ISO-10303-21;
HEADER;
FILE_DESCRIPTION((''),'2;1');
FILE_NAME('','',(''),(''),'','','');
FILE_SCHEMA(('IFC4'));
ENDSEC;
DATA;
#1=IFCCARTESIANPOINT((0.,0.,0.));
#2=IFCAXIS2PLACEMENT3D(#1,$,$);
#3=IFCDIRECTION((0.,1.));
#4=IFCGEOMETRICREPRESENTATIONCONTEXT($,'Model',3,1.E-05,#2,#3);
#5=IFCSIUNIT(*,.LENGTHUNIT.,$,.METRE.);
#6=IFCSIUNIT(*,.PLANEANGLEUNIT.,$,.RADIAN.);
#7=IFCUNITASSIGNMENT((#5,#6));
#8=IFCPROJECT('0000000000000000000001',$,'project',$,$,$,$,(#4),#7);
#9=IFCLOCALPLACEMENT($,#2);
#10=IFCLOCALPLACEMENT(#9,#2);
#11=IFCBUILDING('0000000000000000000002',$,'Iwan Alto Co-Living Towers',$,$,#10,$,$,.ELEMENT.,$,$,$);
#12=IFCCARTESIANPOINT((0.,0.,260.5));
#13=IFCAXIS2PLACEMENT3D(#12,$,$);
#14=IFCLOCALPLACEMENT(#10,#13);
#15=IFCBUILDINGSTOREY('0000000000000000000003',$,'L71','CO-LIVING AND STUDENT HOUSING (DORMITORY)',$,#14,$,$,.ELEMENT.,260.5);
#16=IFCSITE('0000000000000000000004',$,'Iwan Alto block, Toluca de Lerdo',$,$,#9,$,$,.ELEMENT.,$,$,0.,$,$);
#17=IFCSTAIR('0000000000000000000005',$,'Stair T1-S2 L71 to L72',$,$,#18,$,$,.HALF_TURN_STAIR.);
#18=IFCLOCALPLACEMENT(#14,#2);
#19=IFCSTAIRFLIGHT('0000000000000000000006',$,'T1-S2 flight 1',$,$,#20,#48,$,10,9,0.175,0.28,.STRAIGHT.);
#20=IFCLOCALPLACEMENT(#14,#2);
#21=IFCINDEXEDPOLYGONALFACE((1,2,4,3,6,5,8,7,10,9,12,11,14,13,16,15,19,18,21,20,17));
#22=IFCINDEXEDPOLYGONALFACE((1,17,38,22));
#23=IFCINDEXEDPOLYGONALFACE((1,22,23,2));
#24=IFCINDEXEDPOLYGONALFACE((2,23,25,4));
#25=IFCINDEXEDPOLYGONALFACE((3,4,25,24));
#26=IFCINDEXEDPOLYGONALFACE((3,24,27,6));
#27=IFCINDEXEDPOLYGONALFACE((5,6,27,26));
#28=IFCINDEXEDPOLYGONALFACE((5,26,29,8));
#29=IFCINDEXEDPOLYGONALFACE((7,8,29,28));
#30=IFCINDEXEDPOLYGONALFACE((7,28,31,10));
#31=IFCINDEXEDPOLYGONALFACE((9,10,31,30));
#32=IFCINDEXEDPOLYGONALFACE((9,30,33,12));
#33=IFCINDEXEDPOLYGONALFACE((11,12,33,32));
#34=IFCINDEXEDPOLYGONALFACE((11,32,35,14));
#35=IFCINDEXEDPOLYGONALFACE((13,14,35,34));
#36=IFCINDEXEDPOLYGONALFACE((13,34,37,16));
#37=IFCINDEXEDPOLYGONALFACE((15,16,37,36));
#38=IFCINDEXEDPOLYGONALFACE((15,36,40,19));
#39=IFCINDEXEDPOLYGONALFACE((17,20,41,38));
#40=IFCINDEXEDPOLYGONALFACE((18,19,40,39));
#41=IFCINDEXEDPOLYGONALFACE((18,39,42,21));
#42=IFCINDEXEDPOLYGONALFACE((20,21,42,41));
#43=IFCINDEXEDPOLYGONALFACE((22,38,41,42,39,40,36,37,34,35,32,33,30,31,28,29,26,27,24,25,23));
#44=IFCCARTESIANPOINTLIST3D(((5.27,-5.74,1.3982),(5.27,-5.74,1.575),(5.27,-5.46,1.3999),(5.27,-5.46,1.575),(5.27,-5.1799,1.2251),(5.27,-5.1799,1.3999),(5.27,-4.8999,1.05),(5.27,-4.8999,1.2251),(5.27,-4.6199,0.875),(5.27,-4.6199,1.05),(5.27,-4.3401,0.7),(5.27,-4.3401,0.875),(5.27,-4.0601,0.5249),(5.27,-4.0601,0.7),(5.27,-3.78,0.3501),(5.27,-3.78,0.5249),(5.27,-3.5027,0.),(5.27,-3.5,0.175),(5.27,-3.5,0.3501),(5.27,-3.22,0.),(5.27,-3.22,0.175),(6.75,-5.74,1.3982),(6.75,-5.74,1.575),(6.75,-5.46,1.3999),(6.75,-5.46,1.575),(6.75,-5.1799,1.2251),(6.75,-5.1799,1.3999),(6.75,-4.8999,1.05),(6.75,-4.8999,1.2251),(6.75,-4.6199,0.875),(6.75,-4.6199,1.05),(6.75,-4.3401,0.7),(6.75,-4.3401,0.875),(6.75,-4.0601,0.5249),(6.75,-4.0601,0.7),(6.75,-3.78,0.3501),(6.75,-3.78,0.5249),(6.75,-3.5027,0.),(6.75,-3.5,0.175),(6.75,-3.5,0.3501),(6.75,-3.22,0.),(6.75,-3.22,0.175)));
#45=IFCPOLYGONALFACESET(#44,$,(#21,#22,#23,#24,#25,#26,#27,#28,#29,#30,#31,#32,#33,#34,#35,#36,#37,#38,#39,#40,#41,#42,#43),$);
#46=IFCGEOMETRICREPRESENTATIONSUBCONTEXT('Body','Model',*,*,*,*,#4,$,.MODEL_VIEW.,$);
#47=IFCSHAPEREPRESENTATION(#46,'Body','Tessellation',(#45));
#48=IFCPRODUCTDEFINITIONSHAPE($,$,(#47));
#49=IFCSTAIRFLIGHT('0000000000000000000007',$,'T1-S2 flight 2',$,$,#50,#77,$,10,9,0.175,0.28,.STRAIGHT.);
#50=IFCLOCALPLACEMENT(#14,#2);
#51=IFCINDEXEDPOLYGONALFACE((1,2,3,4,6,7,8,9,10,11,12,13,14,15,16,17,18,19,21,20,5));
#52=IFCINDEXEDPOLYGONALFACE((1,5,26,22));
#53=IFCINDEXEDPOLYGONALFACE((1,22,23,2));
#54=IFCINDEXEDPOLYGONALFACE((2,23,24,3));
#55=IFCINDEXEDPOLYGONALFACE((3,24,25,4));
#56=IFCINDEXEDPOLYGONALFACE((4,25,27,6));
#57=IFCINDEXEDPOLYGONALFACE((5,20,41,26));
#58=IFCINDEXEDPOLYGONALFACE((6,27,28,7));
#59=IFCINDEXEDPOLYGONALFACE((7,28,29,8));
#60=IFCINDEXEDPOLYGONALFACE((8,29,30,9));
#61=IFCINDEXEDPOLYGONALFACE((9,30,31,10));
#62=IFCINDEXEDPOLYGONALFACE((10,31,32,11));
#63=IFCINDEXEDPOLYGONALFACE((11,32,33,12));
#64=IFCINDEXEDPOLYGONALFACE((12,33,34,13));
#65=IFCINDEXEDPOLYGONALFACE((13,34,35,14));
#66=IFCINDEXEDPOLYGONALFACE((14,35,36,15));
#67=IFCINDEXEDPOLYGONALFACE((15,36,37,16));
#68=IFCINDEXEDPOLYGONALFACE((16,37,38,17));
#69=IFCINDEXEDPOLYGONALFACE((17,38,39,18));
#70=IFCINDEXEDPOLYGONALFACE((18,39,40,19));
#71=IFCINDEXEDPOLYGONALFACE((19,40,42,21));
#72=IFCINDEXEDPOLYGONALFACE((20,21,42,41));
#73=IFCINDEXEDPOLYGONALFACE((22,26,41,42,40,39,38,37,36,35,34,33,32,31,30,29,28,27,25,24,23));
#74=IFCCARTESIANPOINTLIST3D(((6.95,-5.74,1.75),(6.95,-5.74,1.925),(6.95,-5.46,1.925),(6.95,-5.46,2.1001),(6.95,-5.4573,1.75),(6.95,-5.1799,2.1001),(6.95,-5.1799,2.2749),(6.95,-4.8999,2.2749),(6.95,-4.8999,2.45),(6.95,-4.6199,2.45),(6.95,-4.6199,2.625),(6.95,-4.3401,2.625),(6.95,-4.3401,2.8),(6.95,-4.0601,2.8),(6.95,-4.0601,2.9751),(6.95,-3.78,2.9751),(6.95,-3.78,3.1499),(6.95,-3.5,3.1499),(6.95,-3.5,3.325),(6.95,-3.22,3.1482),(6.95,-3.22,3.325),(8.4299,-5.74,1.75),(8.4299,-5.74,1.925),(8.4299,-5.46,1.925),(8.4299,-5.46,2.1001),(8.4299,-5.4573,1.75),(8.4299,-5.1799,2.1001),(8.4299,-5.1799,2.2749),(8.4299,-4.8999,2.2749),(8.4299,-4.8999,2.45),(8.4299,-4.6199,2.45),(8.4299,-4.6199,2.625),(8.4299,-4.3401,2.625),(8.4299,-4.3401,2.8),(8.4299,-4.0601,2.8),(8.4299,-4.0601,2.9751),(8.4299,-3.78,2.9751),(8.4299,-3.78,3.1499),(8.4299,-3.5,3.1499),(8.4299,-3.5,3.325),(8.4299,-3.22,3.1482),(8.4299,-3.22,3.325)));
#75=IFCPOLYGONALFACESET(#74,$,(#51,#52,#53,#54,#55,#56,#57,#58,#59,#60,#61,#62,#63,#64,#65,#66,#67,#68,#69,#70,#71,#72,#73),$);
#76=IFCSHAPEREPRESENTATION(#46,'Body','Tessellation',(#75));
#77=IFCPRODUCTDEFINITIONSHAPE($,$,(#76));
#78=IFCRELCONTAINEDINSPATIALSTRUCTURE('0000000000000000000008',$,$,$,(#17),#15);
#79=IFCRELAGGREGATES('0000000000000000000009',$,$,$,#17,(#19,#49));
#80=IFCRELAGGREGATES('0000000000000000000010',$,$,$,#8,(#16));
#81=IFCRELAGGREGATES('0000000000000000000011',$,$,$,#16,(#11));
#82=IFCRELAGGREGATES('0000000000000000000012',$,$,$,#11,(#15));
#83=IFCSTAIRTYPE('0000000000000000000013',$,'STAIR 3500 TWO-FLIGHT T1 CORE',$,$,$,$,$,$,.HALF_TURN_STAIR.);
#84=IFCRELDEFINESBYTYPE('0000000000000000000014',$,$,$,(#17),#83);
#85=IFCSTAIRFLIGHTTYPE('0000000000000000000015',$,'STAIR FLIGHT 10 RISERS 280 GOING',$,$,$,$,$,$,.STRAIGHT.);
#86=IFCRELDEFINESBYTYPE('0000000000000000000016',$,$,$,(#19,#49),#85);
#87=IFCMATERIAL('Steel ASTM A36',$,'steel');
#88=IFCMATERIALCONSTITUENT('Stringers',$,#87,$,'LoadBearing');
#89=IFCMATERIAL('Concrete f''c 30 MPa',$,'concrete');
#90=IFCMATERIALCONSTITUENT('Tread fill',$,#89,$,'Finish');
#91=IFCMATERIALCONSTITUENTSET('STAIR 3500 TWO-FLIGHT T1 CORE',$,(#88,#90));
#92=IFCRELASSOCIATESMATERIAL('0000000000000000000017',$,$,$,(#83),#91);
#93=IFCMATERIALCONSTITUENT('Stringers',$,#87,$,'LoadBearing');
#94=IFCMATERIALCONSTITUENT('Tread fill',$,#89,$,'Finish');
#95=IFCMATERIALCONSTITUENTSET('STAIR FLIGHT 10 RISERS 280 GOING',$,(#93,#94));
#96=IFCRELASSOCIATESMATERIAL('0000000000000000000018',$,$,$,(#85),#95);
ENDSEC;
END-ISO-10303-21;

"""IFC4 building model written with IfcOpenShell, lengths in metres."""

from ifc_helpers import new_model, si_unit, direction, frame, origin, place, context, subcontext, project, spatial, polyline, outline, extrude, material, constituent, constituent_set, type_object, element, aggregate, save


model = new_model("IFC4")

# Units and contexts
model_context = context("Model", 3, precision=1e-05, world=origin(), true_north=direction((0.0, 1.0)))
body_context = subcontext(model_context, "Body", "Model", "MODEL_VIEW")
ifc_project = project(units=[si_unit("LENGTHUNIT", "METRE"), si_unit("PLANEANGLEUNIT", "RADIAN")], contexts=[model_context])

# Site, building, storey
site_placement = place(None, origin())
site = spatial("IfcSite", under=ifc_project, at=site_placement, Name="Iwan Alto block, Toluca de Lerdo", CompositionType="ELEMENT", RefElevation=0.0)
building_placement = place(site_placement, origin())
building = spatial("IfcBuilding", under=site, at=building_placement, Name="Iwan Alto Co-Living Towers", CompositionType="ELEMENT")
storey_placement = place(building_placement, frame((0.0, 0.0, 260.5)))
storey = spatial("IfcBuildingStorey", under=building, at=storey_placement, Name="L71", Description="CO-LIVING AND STUDENT HOUSING (DORMITORY)", CompositionType="ELEMENT", Elevation=260.5)

# Shared definitions
ifc_material_1 = material(Name="Steel ASTM A36", Category="steel")
ifc_constituent_1 = constituent(ifc_material_1, Name="Stringers", Category="LoadBearing")
ifc_material_2 = material(Name="Concrete f'c 30 MPa", Category="concrete")
ifc_constituent_2 = constituent(ifc_material_2, Name="Tread fill", Category="Finish")
ifc_constituent_set_1 = constituent_set(constituents=[ifc_constituent_1, ifc_constituent_2], Name="STAIR 3500 TWO-FLIGHT T1 CORE")
stair_type = type_object("IfcStairType", Name="STAIR 3500 TWO-FLIGHT T1 CORE", PredefinedType="HALF_TURN_STAIR", material=ifc_constituent_set_1)

# Stair, stair flights
stair_1_placement = place(storey_placement, origin())
stair_1 = element("IfcStair", 1, at=stair_1_placement, inside=storey, type_object=stair_type, Name="Stair T1-S2 L71 to L72", PredefinedType="HALF_TURN_STAIR")
ifc_constituent_3 = constituent(ifc_material_1, Name="Stringers", Category="LoadBearing")
ifc_constituent_4 = constituent(ifc_material_2, Name="Tread fill", Category="Finish")
ifc_constituent_set_2 = constituent_set(constituents=[ifc_constituent_3, ifc_constituent_4], Name="STAIR FLIGHT 10 RISERS 280 GOING")
stair_flight_type = type_object("IfcStairFlightType", Name="STAIR FLIGHT 10 RISERS 280 GOING", PredefinedType="STRAIGHT", material=ifc_constituent_set_2)
stair_flight_1_placement = place(storey_placement, frame((6.01, -3.22, 0.0), z_axis=(0.0, 0.0, 1.0), x_axis=(0.0, -1.0, 0.0)))
stair_flight_1 = element("IfcStairFlight", 2, at=stair_flight_1_placement, type_object=stair_flight_type, Name="T1-S2 flight 1", NumberOfRisers=10, NumberOfTreads=9, PredefinedType="STRAIGHT", RiserHeight=0.175, TreadLength=0.28, context=body_context, shape_type="SweptSolid", body=[
    extrude(outline(polyline([(0.0, 0.0), (0.0, 0.175), (0.28, 0.175), (0.28, 0.3501), (0.5601, 0.3501), (0.5601, 0.5249), (0.8401, 0.5249), (0.8401, 0.7), (1.1201, 0.7), (1.1201, 0.875), (1.3999, 0.875), (1.3999, 1.05), (1.6799, 1.05), (1.6799, 1.2251), (1.96, 1.2251), (1.96, 1.3999), (2.24, 1.3999), (2.24, 1.575), (2.52, 1.575), (2.52, 1.75), (2.52, 1.3982), (0.2827, 0.0), (0.0, 0.0)])), frame((0.0, 0.74, 0.0), z_axis=(0.0, -1.0, 0.0), x_axis=(1.0, 0.0, 0.0)), (0.0, 0.0, 1.0), 1.48),
])
stair_flight_2_placement = place(storey_placement, frame((7.6899, -5.74, 1.75), z_axis=(0.0, 0.0, 1.0), x_axis=(0.0, 1.0, 0.0)))
stair_flight_2 = element("IfcStairFlight", 3, at=stair_flight_2_placement, type_object=stair_flight_type, Name="T1-S2 flight 2", NumberOfRisers=10, NumberOfTreads=9, PredefinedType="STRAIGHT", RiserHeight=0.175, TreadLength=0.28, context=body_context, shape_type="SweptSolid", body=[
    extrude(outline(polyline([(0.0, 0.0), (0.0, 0.175), (0.28, 0.175), (0.28, 0.3501), (0.5601, 0.3501), (0.5601, 0.5249), (0.8401, 0.5249), (0.8401, 0.7), (1.1201, 0.7), (1.1201, 0.875), (1.3999, 0.875), (1.3999, 1.05), (1.6799, 1.05), (1.6799, 1.2251), (1.96, 1.2251), (1.96, 1.3999), (2.24, 1.3999), (2.24, 1.575), (2.52, 1.575), (2.52, 1.75), (2.52, 1.3982), (0.2827, 0.0), (0.0, 0.0)])), frame((0.0, 0.74, 0.0), z_axis=(0.0, -1.0, 0.0), x_axis=(1.0, 0.0, 0.0)), (0.0, 0.0, 1.0), 1.48),
])
aggregate(stair_1, [stair_flight_1, stair_flight_2])

save(model, "model.ifc")
